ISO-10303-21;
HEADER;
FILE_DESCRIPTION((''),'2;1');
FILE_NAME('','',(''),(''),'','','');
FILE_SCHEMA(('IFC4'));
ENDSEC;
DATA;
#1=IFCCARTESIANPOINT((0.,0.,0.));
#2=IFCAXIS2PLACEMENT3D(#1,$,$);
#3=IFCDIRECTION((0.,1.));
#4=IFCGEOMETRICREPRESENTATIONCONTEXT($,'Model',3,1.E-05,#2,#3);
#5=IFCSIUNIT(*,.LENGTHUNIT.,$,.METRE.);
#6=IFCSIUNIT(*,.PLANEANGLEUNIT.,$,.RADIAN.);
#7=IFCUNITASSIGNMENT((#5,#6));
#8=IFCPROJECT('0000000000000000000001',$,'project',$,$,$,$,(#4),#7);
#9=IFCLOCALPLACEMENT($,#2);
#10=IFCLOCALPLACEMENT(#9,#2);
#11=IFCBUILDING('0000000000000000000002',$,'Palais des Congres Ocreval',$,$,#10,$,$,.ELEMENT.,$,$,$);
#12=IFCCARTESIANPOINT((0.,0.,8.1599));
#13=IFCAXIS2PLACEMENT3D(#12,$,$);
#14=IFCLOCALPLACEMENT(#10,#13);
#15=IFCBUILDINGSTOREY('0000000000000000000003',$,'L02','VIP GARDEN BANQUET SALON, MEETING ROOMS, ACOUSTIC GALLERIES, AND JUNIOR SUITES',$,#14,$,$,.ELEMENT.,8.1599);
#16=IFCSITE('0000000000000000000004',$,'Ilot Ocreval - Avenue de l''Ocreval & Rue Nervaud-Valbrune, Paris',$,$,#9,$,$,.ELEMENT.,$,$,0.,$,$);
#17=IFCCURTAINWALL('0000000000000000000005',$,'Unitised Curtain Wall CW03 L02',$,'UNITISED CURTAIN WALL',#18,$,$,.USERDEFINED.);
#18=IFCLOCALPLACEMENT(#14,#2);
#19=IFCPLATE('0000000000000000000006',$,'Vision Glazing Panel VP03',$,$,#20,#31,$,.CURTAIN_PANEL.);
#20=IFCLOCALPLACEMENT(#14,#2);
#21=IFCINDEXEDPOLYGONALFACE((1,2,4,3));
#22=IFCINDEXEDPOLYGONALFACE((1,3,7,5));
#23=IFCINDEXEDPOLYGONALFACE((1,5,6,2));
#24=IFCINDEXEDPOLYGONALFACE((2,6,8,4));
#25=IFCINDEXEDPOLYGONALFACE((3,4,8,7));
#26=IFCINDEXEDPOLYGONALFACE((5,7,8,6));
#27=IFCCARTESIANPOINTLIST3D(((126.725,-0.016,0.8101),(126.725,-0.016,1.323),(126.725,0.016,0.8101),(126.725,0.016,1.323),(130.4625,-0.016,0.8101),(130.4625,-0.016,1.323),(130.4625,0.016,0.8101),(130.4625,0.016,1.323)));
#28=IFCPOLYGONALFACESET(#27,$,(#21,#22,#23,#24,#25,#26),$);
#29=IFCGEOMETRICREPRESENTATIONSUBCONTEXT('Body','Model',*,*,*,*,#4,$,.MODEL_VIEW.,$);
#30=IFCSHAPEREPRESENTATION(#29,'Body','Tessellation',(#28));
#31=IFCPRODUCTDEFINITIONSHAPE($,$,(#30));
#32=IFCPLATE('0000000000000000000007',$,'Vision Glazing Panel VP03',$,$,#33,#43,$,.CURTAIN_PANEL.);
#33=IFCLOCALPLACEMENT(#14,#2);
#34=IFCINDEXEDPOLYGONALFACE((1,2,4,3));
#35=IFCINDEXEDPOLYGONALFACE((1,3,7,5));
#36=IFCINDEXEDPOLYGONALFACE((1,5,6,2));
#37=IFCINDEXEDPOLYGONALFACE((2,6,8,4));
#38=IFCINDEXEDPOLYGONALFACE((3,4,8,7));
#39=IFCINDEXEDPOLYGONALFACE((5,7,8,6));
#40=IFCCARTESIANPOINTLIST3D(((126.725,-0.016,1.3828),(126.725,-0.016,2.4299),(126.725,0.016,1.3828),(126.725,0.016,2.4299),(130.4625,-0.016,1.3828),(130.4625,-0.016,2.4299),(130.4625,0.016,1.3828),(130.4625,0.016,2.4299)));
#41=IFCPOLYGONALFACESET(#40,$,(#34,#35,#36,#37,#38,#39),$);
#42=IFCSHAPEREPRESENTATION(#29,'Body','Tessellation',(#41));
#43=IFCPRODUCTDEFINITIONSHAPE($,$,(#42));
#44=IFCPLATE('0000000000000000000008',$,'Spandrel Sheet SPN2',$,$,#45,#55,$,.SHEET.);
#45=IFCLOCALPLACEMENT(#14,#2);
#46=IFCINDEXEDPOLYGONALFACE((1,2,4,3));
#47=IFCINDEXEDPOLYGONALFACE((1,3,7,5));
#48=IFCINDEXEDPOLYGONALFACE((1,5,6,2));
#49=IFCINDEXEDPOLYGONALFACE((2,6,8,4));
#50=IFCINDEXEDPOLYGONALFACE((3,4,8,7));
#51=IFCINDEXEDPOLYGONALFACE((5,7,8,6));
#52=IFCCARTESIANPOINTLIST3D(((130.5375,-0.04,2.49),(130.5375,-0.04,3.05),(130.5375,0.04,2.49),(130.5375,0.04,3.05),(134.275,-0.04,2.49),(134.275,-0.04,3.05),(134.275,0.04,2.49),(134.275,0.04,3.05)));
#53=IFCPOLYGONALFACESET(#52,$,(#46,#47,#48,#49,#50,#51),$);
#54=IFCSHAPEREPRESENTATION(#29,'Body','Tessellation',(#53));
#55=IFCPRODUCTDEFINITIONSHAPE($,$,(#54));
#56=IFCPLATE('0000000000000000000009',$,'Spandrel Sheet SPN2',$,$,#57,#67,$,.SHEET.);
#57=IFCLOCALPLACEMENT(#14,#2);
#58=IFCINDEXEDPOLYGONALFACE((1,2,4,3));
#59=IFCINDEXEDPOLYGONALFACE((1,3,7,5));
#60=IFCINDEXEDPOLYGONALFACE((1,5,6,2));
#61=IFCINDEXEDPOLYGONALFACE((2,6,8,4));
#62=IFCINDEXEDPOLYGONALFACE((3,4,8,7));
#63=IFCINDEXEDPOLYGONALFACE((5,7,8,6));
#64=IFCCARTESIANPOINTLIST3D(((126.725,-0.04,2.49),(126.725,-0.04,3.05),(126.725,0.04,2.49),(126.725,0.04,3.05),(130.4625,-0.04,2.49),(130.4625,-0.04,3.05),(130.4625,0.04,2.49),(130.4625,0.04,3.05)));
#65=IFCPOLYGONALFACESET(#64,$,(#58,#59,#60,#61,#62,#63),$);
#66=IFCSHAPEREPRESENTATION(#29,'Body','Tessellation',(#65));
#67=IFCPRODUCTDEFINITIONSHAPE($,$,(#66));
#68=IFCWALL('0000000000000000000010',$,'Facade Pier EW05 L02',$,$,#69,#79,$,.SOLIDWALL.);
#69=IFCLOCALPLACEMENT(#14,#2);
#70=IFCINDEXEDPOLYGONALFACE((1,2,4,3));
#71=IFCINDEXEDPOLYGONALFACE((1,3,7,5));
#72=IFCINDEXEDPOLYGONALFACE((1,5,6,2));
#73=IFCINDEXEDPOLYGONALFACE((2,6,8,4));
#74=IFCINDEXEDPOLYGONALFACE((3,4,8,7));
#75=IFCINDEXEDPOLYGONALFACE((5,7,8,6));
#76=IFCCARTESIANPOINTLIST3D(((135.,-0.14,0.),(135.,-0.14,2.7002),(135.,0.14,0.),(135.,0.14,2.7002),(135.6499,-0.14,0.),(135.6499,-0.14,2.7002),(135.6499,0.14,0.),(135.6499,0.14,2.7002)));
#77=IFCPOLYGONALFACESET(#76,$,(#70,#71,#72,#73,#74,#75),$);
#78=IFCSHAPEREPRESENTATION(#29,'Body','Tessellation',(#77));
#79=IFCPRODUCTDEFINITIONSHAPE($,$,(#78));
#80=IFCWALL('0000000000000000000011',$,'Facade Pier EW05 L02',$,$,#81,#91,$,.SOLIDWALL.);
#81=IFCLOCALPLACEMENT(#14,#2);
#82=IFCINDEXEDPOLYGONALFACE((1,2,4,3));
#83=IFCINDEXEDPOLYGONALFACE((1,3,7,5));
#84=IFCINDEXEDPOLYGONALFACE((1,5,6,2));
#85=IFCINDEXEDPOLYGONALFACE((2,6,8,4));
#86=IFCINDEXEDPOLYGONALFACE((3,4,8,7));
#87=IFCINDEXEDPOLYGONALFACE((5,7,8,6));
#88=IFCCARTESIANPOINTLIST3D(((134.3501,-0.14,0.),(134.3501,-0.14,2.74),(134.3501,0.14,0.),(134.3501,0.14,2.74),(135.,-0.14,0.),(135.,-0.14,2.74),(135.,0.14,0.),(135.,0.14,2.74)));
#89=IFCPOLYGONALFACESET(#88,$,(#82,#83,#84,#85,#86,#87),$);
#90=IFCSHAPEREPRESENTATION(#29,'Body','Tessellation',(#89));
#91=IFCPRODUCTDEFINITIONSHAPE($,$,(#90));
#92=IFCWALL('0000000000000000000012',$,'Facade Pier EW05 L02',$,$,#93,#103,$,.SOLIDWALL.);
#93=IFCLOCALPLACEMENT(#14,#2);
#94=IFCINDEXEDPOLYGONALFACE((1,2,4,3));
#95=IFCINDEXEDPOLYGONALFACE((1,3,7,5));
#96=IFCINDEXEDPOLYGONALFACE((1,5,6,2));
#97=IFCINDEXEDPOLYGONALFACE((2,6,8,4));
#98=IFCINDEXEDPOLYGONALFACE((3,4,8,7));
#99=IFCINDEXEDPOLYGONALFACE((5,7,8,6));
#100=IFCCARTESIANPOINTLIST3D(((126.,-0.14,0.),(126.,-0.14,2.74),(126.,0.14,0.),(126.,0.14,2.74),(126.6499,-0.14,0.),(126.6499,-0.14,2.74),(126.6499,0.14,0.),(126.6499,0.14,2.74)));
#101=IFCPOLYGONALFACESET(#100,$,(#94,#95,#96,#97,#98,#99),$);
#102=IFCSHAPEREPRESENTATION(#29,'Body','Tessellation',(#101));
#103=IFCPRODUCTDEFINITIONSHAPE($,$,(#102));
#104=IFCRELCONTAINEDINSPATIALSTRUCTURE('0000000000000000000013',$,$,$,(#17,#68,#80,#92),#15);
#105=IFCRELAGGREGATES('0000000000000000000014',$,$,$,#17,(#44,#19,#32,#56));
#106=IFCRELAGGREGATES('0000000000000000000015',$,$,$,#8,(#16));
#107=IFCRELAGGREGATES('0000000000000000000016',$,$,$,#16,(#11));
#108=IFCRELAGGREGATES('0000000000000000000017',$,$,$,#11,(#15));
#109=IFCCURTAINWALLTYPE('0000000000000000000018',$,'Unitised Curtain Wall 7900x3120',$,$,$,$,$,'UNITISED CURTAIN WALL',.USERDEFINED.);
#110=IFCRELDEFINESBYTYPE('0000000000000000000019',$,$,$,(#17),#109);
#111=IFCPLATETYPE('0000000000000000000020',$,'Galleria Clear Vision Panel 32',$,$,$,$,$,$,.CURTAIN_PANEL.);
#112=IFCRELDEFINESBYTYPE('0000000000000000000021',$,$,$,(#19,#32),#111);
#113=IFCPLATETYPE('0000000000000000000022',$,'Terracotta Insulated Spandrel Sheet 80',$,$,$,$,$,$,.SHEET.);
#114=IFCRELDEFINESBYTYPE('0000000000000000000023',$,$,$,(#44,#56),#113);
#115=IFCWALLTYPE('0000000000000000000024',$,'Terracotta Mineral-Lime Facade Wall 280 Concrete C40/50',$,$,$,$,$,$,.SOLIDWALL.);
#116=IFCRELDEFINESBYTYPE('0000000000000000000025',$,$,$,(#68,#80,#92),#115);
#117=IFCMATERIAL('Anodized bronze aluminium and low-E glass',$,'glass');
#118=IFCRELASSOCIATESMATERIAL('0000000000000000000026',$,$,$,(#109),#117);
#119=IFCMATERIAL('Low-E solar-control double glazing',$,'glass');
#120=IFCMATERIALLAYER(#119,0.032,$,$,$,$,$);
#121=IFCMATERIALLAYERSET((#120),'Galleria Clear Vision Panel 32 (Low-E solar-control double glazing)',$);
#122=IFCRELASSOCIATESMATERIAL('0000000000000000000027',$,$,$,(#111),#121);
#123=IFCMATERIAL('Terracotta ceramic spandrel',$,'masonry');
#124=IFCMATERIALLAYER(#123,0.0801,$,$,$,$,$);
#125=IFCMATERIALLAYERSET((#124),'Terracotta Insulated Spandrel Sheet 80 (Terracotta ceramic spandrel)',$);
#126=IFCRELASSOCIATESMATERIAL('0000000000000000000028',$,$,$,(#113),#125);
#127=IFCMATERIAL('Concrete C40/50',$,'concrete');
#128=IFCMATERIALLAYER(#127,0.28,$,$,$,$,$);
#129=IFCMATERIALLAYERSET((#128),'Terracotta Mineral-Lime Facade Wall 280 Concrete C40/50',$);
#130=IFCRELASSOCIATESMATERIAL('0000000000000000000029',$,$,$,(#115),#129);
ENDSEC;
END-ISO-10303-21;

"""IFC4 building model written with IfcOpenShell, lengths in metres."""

from ifc_helpers import new_model, si_unit, direction, frame, frame_2d, origin, origin_2d, place, context, subcontext, project, spatial, rectangle, extrude, material, layer, layer_set, type_object, element, aggregate, save


model = new_model("IFC4")

# Units and contexts
model_context = context("Model", 3, precision=1e-05, world=origin(), true_north=direction((0.0, 1.0)))
body_context = subcontext(model_context, "Body", "Model", "MODEL_VIEW")
ifc_project = project(units=[si_unit("LENGTHUNIT", "METRE"), si_unit("PLANEANGLEUNIT", "RADIAN")], contexts=[model_context])

# Site, building, storey
site_placement = place(None, origin())
site = spatial("IfcSite", under=ifc_project, at=site_placement, Name="Ilot Ocreval - Avenue de l'Ocreval & Rue Nervaud-Valbrune, Paris", CompositionType="ELEMENT", RefElevation=0.0)
building_placement = place(site_placement, origin())
building = spatial("IfcBuilding", under=site, at=building_placement, Name="Palais des Congres Ocreval", CompositionType="ELEMENT")
storey_placement = place(building_placement, frame((0.0, 0.0, 8.1599)))
storey = spatial("IfcBuildingStorey", under=building, at=storey_placement, Name="L02", Description="VIP GARDEN BANQUET SALON, MEETING ROOMS, ACOUSTIC GALLERIES, AND JUNIOR SUITES", CompositionType="ELEMENT", Elevation=8.1599)

# Shared definitions
ifc_material_1 = material(Name="Anodized bronze aluminium and low-E glass", Category="glass")
curtain_wall_type = type_object("IfcCurtainWallType", Name="Unitised Curtain Wall 7900x3120", ElementType="UNITISED CURTAIN WALL", PredefinedType="USERDEFINED", material=ifc_material_1)

# Curtain wall
curtain_wall_1_placement = place(storey_placement, origin())
curtain_wall_1 = element("IfcCurtainWall", 1, at=curtain_wall_1_placement, inside=storey, type_object=curtain_wall_type, Name="Unitised Curtain Wall CW03 L02", ObjectType="UNITISED CURTAIN WALL", PredefinedType="USERDEFINED")

# Plates
ifc_material_2 = material(Name="Low-E solar-control double glazing", Category="glass")
ifc_layer_1 = layer(ifc_material_2, 0.032)
ifc_layer_set_1 = layer_set([ifc_layer_1], Name="Galleria Clear Vision Panel 32 (Low-E solar-control double glazing)")
plate_type_1 = type_object("IfcPlateType", Name="Galleria Clear Vision Panel 32", PredefinedType="CURTAIN_PANEL", material=ifc_layer_set_1)
plate_1_placement = place(storey_placement, frame((128.5938, 0.0, 0.8101), z_axis=(0.0, 0.0, 1.0), x_axis=(-1.0, 0.0, 0.0)))
plate_1 = element("IfcPlate", 2, at=plate_1_placement, type_object=plate_type_1, Name="Vision Glazing Panel VP03", PredefinedType="CURTAIN_PANEL", context=body_context, shape_type="SweptSolid", body=[
    extrude(rectangle(XDim=3.7375, YDim=0.032, at=origin_2d()), origin(), (0.0, 0.0, 1.0), 0.5129),
])
plate_2_placement = place(storey_placement, frame((128.5938, 0.0, 1.3828), z_axis=(0.0, 0.0, 1.0), x_axis=(-1.0, 0.0, 0.0)))
plate_2 = element("IfcPlate", 3, at=plate_2_placement, type_object=plate_type_1, Name="Vision Glazing Panel VP03", PredefinedType="CURTAIN_PANEL", context=body_context, shape_type="SweptSolid", body=[
    extrude(rectangle(XDim=3.7375, YDim=0.032, at=origin_2d()), origin(), (0.0, 0.0, 1.0), 1.0471),
])
ifc_material_3 = material(Name="Terracotta ceramic spandrel", Category="masonry")
ifc_layer_2 = layer(ifc_material_3, 0.0801)
ifc_layer_set_2 = layer_set([ifc_layer_2], Name="Terracotta Insulated Spandrel Sheet 80 (Terracotta ceramic spandrel)")
plate_type_2 = type_object("IfcPlateType", Name="Terracotta Insulated Spandrel Sheet 80", PredefinedType="SHEET", material=ifc_layer_set_2)
plate_3_placement = place(storey_placement, frame((132.4062, 0.0, 2.49), z_axis=(0.0, 0.0, 1.0), x_axis=(-1.0, 0.0, 0.0)))
plate_3 = element("IfcPlate", 4, at=plate_3_placement, type_object=plate_type_2, Name="Spandrel Sheet SPN2", PredefinedType="SHEET", context=body_context, shape_type="SweptSolid", body=[
    extrude(rectangle(XDim=3.7375, YDim=0.0801, at=origin_2d()), origin(), (0.0, 0.0, 1.0), 0.5601),
])
plate_4_placement = place(storey_placement, frame((128.5938, 0.0, 2.49), z_axis=(0.0, 0.0, 1.0), x_axis=(-1.0, 0.0, 0.0)))
plate_4 = element("IfcPlate", 5, at=plate_4_placement, type_object=plate_type_2, Name="Spandrel Sheet SPN2", PredefinedType="SHEET", context=body_context, shape_type="SweptSolid", body=[
    extrude(rectangle(XDim=3.7375, YDim=0.0801, at=origin_2d()), origin(), (0.0, 0.0, 1.0), 0.5601),
])
aggregate(curtain_wall_1, [plate_3, plate_1, plate_2, plate_4])

# Walls
ifc_material_4 = material(Name="Concrete C40/50", Category="concrete")
ifc_layer_3 = layer(ifc_material_4, 0.28)
ifc_layer_set_3 = layer_set([ifc_layer_3], Name="Terracotta Mineral-Lime Facade Wall 280 Concrete C40/50")
wall_type = type_object("IfcWallType", Name="Terracotta Mineral-Lime Facade Wall 280 Concrete C40/50", PredefinedType="SOLIDWALL", material=ifc_layer_set_3)
wall_placement = place(storey_placement, frame((135.6499, 0.0, 0.0), z_axis=(0.0, 0.0, 1.0), x_axis=(-1.0, 0.0, 0.0)))
element("IfcWall", 6, at=wall_placement, inside=storey, type_object=wall_type, Name="Facade Pier EW05 L02", PredefinedType="SOLIDWALL", context=body_context, shape_type="SweptSolid", body=[
    extrude(rectangle(XDim=0.6499, YDim=0.28, at=frame_2d((0.325, 0.0))), origin(), (0.0, 0.0, 1.0), 2.7002),
])
for number, where, z_axis, x_axis, name in (
    (7, (135.0, 0.0, 0.0), (0.0, 0.0, 1.0), (-1.0, 0.0, 0.0), "Facade Pier EW05 L02"),
    (8, (126.6499, 0.0, 0.0), (0.0, 0.0, 1.0), (-1.0, 0.0, 0.0), "Facade Pier EW05 L02"),
):
    element("IfcWall", number, at=place(storey_placement, frame(where, z_axis=z_axis, x_axis=x_axis)), inside=storey, type_object=wall_type, Name=name, PredefinedType="SOLIDWALL", context=body_context, shape_type="SweptSolid", body=[
        extrude(rectangle(XDim=0.6499, YDim=0.28, at=frame_2d((0.325, 0.0))), origin(), (0.0, 0.0, 1.0), 2.74),
    ])

save(model, "model.ifc")
